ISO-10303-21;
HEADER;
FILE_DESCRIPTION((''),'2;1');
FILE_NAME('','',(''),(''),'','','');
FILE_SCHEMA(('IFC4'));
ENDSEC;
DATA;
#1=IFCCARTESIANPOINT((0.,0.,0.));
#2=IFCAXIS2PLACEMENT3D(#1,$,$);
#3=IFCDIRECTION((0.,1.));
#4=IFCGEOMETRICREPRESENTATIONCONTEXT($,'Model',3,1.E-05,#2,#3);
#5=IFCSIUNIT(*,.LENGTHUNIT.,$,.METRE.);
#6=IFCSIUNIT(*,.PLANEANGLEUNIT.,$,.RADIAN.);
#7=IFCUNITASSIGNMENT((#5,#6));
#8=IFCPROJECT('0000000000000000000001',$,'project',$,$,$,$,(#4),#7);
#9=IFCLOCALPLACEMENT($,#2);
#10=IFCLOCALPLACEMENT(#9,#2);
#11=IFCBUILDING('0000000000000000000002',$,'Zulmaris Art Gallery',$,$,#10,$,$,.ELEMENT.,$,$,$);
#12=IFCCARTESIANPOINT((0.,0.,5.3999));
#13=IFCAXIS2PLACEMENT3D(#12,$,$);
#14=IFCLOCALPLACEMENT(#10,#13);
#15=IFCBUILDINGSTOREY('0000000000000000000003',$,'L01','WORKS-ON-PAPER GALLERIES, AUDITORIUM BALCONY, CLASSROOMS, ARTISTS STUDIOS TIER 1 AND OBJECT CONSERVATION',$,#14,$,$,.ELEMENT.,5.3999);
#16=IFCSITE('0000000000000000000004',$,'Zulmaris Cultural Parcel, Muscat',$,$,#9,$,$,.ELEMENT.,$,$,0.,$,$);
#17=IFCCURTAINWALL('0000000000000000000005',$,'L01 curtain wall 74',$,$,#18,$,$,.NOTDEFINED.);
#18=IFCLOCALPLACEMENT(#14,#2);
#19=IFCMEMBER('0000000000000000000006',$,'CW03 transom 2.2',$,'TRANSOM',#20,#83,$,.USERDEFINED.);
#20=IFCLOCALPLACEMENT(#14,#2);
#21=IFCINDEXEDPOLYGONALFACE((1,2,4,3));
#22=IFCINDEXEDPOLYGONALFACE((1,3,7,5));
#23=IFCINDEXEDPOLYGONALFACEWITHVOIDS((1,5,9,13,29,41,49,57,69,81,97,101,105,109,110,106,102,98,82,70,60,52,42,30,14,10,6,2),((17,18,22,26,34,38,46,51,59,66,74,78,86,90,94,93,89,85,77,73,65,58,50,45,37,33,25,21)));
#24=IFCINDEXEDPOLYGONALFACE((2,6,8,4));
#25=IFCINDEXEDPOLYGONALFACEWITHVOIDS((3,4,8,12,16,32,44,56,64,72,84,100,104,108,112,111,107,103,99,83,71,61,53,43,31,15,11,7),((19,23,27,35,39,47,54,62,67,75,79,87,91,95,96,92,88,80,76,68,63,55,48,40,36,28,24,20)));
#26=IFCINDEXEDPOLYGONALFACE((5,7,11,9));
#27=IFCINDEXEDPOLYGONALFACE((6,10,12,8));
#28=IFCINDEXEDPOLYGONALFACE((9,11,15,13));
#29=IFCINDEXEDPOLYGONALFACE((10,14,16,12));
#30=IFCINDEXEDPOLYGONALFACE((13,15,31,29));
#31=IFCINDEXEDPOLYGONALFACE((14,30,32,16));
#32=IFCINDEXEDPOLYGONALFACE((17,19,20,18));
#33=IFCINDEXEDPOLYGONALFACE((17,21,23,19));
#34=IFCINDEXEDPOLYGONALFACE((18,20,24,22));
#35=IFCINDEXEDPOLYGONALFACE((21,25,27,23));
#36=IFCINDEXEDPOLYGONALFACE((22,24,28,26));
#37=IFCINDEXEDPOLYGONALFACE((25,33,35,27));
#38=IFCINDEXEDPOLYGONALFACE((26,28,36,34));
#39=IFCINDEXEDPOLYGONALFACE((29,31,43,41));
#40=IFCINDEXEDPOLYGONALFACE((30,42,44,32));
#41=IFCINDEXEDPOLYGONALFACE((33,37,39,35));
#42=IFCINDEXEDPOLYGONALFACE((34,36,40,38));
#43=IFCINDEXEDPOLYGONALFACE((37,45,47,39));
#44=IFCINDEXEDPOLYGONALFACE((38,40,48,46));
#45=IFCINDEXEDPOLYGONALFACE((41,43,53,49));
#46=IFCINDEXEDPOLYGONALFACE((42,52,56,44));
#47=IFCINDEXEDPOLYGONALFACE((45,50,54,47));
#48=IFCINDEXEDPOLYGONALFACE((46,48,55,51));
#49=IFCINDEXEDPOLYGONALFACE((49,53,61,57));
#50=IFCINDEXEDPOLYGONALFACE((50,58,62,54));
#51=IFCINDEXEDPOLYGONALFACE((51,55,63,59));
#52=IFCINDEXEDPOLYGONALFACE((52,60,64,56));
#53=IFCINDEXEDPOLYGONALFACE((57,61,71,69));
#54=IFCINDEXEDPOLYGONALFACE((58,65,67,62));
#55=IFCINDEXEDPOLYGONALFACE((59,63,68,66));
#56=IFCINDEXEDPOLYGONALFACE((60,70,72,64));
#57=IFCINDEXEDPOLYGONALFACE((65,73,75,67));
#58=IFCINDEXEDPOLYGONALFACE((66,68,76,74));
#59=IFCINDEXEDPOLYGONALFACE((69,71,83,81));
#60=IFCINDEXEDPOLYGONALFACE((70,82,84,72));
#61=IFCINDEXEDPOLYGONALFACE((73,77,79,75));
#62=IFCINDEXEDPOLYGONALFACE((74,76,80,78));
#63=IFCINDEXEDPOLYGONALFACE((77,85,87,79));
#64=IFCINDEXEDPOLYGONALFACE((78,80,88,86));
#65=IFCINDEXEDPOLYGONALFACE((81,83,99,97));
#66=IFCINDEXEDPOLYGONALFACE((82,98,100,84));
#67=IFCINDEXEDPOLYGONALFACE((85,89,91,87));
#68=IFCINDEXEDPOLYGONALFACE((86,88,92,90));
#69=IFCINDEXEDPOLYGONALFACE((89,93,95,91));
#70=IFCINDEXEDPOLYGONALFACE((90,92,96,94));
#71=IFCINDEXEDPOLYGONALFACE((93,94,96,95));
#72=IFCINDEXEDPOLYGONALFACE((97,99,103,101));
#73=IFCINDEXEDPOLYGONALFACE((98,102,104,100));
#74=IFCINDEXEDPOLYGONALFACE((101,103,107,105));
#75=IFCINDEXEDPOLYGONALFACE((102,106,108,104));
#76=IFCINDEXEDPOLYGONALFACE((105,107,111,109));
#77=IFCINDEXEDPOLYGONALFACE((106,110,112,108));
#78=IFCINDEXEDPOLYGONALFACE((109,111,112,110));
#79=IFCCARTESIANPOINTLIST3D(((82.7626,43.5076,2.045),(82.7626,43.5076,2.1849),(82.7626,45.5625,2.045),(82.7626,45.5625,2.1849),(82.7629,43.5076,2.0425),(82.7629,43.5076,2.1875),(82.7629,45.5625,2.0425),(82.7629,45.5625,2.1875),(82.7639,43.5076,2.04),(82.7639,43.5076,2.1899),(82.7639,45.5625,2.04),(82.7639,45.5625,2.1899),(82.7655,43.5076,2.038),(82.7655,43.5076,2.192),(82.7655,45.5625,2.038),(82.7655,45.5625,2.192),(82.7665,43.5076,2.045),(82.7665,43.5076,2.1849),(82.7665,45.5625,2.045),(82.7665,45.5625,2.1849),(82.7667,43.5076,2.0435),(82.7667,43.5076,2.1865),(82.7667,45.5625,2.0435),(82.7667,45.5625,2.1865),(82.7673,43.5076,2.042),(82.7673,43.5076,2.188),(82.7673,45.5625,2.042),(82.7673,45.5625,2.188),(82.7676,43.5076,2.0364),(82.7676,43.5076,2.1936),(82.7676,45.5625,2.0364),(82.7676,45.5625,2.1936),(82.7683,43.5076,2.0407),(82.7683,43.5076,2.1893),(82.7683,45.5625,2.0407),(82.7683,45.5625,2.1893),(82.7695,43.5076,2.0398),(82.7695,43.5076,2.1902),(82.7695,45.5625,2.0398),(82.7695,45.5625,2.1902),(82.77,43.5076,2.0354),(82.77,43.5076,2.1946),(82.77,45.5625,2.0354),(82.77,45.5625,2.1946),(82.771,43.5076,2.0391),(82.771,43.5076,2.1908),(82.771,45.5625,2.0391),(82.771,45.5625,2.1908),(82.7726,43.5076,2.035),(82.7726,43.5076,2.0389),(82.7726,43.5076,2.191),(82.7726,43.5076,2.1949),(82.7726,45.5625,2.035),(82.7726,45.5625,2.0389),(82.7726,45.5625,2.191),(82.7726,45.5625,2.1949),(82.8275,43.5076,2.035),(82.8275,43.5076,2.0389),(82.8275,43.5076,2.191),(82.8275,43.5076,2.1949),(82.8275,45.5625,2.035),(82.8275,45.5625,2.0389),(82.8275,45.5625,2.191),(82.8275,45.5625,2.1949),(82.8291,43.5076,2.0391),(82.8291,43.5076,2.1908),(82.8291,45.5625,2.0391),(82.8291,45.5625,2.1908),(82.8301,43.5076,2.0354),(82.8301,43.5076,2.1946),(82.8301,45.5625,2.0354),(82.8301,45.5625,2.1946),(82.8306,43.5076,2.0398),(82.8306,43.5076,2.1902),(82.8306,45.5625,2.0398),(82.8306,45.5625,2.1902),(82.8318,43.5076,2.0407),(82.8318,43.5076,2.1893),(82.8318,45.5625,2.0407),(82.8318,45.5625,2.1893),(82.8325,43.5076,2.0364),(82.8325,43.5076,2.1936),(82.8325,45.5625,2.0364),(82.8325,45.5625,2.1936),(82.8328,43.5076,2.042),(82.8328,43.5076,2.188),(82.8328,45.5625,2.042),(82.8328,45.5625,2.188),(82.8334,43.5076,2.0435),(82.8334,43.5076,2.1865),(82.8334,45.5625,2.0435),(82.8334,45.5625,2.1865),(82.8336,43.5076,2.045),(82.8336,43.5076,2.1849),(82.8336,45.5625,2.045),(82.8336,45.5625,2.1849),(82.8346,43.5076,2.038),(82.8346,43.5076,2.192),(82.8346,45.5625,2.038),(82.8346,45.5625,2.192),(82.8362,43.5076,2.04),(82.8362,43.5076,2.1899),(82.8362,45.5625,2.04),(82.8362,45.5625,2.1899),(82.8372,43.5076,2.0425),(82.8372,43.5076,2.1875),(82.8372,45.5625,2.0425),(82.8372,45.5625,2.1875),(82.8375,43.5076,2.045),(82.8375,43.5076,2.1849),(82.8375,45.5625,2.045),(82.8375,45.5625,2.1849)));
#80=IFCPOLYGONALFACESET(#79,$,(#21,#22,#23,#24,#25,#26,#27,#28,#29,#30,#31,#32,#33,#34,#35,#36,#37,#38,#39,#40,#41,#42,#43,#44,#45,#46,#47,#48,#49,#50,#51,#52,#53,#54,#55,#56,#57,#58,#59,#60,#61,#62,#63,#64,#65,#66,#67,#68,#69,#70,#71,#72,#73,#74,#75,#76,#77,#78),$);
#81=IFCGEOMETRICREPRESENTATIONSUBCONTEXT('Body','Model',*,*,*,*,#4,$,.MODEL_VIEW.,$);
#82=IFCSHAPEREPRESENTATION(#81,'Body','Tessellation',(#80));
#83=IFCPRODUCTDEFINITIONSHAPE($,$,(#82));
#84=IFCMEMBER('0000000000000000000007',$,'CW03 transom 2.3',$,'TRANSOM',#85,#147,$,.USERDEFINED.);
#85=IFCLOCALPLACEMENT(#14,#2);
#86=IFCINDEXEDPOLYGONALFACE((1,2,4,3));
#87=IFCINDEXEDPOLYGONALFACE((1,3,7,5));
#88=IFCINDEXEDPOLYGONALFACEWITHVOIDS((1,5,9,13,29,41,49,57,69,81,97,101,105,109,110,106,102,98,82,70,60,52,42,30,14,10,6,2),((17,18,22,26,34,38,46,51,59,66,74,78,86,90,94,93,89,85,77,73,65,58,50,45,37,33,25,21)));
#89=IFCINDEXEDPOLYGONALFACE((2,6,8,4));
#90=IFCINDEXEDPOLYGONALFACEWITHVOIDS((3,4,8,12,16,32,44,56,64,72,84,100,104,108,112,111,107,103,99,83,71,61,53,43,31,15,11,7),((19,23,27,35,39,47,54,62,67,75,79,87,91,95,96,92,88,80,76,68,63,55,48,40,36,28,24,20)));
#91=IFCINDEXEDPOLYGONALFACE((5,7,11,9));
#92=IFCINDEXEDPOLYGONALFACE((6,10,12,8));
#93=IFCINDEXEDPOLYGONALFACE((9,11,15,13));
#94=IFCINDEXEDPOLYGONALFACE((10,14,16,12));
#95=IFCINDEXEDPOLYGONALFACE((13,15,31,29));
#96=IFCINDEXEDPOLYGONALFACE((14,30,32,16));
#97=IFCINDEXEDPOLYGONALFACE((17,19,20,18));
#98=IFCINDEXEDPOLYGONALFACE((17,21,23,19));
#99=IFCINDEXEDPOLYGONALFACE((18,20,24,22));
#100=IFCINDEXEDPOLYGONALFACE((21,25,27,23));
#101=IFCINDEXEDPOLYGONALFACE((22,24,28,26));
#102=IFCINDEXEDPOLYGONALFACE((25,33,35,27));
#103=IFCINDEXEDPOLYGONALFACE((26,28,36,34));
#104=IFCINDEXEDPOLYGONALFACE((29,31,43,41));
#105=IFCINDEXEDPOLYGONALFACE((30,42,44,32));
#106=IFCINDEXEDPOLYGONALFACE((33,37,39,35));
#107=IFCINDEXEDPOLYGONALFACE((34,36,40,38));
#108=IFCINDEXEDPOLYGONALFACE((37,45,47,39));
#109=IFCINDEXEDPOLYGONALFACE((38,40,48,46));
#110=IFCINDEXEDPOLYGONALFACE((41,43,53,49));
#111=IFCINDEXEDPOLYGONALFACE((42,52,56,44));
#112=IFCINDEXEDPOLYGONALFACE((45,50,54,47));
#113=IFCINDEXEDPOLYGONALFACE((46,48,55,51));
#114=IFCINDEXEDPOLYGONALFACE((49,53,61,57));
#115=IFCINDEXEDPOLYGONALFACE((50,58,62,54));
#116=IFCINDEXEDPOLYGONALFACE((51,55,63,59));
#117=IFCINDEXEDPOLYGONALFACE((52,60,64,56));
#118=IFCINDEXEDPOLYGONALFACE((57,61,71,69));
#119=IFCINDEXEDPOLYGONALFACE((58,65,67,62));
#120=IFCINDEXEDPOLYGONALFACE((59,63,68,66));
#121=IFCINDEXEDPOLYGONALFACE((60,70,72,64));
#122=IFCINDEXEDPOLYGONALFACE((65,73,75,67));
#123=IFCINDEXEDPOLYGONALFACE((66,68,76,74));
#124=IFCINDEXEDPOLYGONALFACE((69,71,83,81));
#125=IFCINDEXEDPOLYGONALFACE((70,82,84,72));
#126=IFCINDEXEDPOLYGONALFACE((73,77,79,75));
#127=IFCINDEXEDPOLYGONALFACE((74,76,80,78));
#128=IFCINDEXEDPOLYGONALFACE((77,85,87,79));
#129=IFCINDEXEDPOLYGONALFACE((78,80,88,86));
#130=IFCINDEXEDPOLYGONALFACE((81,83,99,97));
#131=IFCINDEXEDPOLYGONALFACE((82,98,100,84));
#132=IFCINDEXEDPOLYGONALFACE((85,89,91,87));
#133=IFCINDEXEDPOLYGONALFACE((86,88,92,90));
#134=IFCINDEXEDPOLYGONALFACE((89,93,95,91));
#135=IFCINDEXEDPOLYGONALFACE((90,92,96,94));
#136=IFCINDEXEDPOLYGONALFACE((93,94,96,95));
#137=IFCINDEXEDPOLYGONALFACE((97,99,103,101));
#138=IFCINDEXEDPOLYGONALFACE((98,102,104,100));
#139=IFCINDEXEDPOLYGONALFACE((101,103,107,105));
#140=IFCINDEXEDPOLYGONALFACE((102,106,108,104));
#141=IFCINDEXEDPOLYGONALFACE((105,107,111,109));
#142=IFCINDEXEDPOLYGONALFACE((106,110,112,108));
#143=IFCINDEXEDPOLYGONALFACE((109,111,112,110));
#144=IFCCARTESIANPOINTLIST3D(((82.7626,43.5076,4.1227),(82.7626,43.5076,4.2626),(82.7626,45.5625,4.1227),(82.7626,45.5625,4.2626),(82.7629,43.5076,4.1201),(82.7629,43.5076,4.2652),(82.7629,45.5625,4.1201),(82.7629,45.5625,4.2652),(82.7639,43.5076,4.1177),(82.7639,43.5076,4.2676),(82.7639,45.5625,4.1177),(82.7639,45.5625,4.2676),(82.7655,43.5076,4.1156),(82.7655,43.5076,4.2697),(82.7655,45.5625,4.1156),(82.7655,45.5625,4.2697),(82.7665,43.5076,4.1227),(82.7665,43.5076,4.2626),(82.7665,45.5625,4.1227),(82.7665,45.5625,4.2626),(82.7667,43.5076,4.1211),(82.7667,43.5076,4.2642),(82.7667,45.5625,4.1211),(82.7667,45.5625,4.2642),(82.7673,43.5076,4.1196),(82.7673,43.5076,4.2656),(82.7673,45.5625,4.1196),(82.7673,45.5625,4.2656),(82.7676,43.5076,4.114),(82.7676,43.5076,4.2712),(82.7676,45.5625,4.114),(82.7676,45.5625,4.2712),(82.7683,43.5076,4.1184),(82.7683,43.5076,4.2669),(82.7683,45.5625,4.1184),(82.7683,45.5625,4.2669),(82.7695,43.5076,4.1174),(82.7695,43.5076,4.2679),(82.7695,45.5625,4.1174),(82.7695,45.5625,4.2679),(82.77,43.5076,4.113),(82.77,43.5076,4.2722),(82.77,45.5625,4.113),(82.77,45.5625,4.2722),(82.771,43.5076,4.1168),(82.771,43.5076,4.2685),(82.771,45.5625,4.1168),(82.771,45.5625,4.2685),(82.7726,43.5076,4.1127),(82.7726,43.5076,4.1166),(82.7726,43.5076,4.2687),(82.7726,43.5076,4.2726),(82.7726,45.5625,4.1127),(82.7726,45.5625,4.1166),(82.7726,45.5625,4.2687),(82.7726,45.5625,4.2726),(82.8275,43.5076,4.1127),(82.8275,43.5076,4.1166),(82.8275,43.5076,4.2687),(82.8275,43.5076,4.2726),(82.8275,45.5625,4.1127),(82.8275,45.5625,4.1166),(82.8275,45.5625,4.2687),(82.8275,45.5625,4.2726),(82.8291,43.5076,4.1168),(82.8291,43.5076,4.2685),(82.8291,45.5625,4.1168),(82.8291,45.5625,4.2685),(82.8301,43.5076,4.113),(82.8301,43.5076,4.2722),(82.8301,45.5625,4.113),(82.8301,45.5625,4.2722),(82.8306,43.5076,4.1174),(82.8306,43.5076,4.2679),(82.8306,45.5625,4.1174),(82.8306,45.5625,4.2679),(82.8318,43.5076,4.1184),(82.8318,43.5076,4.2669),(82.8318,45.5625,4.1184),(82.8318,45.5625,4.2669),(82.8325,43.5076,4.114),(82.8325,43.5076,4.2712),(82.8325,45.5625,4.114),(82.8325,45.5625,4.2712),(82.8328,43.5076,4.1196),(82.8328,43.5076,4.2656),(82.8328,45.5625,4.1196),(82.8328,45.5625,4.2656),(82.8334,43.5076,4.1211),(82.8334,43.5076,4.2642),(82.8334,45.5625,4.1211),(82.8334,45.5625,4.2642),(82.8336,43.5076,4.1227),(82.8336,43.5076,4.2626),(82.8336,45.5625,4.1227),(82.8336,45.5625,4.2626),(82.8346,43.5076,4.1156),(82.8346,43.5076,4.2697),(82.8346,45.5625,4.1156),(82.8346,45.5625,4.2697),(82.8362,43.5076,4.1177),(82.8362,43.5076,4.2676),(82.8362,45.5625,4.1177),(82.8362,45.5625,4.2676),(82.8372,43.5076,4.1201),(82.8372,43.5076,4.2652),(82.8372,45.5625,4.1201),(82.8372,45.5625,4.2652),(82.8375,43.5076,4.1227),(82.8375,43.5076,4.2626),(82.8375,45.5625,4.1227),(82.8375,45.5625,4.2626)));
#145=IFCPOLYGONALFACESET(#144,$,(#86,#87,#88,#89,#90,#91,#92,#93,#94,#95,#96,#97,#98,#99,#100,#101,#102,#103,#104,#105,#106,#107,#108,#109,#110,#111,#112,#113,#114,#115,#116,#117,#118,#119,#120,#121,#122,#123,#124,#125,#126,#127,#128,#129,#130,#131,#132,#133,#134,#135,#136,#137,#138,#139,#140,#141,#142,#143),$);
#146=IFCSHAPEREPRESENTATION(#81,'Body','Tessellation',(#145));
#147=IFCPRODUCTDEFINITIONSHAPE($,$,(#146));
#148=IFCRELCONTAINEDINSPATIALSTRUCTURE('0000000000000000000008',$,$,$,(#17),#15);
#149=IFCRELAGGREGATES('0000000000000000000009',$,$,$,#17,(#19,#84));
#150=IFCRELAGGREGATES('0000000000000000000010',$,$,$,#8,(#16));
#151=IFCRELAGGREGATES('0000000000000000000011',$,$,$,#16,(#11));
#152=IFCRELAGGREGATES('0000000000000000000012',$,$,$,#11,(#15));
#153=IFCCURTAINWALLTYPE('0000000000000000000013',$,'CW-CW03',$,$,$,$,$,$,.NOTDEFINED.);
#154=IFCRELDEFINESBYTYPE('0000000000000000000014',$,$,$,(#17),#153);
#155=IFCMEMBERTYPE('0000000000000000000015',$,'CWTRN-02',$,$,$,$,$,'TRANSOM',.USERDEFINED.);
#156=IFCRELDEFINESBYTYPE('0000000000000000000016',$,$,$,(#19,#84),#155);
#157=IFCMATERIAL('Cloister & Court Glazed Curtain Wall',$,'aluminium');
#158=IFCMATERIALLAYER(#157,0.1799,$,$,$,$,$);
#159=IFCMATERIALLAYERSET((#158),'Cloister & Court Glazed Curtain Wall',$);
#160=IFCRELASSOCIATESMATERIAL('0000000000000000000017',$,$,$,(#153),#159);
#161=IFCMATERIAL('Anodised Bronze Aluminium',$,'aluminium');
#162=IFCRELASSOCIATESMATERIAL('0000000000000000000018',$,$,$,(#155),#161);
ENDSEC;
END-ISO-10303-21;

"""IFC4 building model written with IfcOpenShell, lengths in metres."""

from ifc_helpers import new_model, si_unit, direction, frame, origin, origin_2d, place, context, subcontext, project, spatial, hollow_rectangle, extrude, material, layer, layer_set, material_profile, profile_set, type_object, element, aggregate, save


model = new_model("IFC4")

# Units and contexts
model_context = context("Model", 3, precision=1e-05, world=origin(), true_north=direction((0.0, 1.0)))
body_context = subcontext(model_context, "Body", "Model", "MODEL_VIEW")
ifc_project = project(units=[si_unit("LENGTHUNIT", "METRE"), si_unit("PLANEANGLEUNIT", "RADIAN")], contexts=[model_context])

# Site, building, storey
site_placement = place(None, origin())
site = spatial("IfcSite", under=ifc_project, at=site_placement, Name="Zulmaris Cultural Parcel, Muscat", CompositionType="ELEMENT", RefElevation=0.0)
building_placement = place(site_placement, origin())
building = spatial("IfcBuilding", under=site, at=building_placement, Name="Zulmaris Art Gallery", CompositionType="ELEMENT")
storey_placement = place(building_placement, frame((0.0, 0.0, 5.3999)))
storey = spatial("IfcBuildingStorey", under=building, at=storey_placement, Name="L01", Description="WORKS-ON-PAPER GALLERIES, AUDITORIUM BALCONY, CLASSROOMS, ARTISTS STUDIOS TIER 1 AND OBJECT CONSERVATION", CompositionType="ELEMENT", Elevation=5.3999)

# Shared definitions
ifc_material_1 = material(Name="Cloister & Court Glazed Curtain Wall", Category="aluminium")
ifc_layer_1 = layer(ifc_material_1, 0.1799)
ifc_layer_set_1 = layer_set([ifc_layer_1], Name="Cloister & Court Glazed Curtain Wall")
curtain_wall_type = type_object("IfcCurtainWallType", Name="CW-CW03", PredefinedType="NOTDEFINED", material=ifc_layer_set_1)
ifc_material_2 = material(Name="Anodised Bronze Aluminium", Category="aluminium")

# Shared definitions
ifc_material_profile_1 = material_profile(ifc_material_2, hollow_rectangle(XDim=0.075, YDim=0.1599, WallThickness=0.0039, InnerFilletRadius=0.0061, OuterFilletRadius=0.01, at=origin_2d()), Name="ALU 75x160x4")
ifc_profile_set_1 = profile_set([ifc_material_profile_1], Name="Anodised Bronze Aluminium")
member_type_1 = type_object("IfcMemberType", Name="CWTRN-02", ElementType="TRANSOM", PredefinedType="USERDEFINED", material=ifc_profile_set_1)

# Curtain wall, members
curtain_wall_1_placement = place(storey_placement, origin())
curtain_wall_1 = element("IfcCurtainWall", 1, at=curtain_wall_1_placement, inside=storey, type_object=curtain_wall_type, Name="L01 curtain wall 74", PredefinedType="NOTDEFINED")
member_1_placement = place(storey_placement, frame((82.8, 43.5076, 2.115), z_axis=(0.0, 1.0, 0.0), x_axis=(-1.0, 0.0, 0.0)))
member_1 = element("IfcMember", 2, at=member_1_placement, type_object=member_type_1, Name="CW03 transom 2.2", ObjectType="TRANSOM", PredefinedType="USERDEFINED", context=body_context, shape_type="SweptSolid", body=[
    extrude(hollow_rectangle(XDim=0.075, YDim=0.1599, WallThickness=0.0039, InnerFilletRadius=0.0061, OuterFilletRadius=0.01, at=origin_2d()), origin(), (0.0, 0.0, 1.0), 2.0549),
])
member_2_placement = place(storey_placement, frame((82.8, 43.5076, 4.1926), z_axis=(0.0, 1.0, 0.0), x_axis=(-1.0, 0.0, 0.0)))
member_2 = element("IfcMember", 3, at=member_2_placement, type_object=member_type_1, Name="CW03 transom 2.3", ObjectType="TRANSOM", PredefinedType="USERDEFINED", context=body_context, shape_type="SweptSolid", body=[
    extrude(hollow_rectangle(XDim=0.075, YDim=0.1599, WallThickness=0.0039, InnerFilletRadius=0.0061, OuterFilletRadius=0.01, at=origin_2d()), origin(), (0.0, 0.0, 1.0), 2.0549),
])

aggregate(curtain_wall_1, [member_1, member_2])

save(model, "model.ifc")
